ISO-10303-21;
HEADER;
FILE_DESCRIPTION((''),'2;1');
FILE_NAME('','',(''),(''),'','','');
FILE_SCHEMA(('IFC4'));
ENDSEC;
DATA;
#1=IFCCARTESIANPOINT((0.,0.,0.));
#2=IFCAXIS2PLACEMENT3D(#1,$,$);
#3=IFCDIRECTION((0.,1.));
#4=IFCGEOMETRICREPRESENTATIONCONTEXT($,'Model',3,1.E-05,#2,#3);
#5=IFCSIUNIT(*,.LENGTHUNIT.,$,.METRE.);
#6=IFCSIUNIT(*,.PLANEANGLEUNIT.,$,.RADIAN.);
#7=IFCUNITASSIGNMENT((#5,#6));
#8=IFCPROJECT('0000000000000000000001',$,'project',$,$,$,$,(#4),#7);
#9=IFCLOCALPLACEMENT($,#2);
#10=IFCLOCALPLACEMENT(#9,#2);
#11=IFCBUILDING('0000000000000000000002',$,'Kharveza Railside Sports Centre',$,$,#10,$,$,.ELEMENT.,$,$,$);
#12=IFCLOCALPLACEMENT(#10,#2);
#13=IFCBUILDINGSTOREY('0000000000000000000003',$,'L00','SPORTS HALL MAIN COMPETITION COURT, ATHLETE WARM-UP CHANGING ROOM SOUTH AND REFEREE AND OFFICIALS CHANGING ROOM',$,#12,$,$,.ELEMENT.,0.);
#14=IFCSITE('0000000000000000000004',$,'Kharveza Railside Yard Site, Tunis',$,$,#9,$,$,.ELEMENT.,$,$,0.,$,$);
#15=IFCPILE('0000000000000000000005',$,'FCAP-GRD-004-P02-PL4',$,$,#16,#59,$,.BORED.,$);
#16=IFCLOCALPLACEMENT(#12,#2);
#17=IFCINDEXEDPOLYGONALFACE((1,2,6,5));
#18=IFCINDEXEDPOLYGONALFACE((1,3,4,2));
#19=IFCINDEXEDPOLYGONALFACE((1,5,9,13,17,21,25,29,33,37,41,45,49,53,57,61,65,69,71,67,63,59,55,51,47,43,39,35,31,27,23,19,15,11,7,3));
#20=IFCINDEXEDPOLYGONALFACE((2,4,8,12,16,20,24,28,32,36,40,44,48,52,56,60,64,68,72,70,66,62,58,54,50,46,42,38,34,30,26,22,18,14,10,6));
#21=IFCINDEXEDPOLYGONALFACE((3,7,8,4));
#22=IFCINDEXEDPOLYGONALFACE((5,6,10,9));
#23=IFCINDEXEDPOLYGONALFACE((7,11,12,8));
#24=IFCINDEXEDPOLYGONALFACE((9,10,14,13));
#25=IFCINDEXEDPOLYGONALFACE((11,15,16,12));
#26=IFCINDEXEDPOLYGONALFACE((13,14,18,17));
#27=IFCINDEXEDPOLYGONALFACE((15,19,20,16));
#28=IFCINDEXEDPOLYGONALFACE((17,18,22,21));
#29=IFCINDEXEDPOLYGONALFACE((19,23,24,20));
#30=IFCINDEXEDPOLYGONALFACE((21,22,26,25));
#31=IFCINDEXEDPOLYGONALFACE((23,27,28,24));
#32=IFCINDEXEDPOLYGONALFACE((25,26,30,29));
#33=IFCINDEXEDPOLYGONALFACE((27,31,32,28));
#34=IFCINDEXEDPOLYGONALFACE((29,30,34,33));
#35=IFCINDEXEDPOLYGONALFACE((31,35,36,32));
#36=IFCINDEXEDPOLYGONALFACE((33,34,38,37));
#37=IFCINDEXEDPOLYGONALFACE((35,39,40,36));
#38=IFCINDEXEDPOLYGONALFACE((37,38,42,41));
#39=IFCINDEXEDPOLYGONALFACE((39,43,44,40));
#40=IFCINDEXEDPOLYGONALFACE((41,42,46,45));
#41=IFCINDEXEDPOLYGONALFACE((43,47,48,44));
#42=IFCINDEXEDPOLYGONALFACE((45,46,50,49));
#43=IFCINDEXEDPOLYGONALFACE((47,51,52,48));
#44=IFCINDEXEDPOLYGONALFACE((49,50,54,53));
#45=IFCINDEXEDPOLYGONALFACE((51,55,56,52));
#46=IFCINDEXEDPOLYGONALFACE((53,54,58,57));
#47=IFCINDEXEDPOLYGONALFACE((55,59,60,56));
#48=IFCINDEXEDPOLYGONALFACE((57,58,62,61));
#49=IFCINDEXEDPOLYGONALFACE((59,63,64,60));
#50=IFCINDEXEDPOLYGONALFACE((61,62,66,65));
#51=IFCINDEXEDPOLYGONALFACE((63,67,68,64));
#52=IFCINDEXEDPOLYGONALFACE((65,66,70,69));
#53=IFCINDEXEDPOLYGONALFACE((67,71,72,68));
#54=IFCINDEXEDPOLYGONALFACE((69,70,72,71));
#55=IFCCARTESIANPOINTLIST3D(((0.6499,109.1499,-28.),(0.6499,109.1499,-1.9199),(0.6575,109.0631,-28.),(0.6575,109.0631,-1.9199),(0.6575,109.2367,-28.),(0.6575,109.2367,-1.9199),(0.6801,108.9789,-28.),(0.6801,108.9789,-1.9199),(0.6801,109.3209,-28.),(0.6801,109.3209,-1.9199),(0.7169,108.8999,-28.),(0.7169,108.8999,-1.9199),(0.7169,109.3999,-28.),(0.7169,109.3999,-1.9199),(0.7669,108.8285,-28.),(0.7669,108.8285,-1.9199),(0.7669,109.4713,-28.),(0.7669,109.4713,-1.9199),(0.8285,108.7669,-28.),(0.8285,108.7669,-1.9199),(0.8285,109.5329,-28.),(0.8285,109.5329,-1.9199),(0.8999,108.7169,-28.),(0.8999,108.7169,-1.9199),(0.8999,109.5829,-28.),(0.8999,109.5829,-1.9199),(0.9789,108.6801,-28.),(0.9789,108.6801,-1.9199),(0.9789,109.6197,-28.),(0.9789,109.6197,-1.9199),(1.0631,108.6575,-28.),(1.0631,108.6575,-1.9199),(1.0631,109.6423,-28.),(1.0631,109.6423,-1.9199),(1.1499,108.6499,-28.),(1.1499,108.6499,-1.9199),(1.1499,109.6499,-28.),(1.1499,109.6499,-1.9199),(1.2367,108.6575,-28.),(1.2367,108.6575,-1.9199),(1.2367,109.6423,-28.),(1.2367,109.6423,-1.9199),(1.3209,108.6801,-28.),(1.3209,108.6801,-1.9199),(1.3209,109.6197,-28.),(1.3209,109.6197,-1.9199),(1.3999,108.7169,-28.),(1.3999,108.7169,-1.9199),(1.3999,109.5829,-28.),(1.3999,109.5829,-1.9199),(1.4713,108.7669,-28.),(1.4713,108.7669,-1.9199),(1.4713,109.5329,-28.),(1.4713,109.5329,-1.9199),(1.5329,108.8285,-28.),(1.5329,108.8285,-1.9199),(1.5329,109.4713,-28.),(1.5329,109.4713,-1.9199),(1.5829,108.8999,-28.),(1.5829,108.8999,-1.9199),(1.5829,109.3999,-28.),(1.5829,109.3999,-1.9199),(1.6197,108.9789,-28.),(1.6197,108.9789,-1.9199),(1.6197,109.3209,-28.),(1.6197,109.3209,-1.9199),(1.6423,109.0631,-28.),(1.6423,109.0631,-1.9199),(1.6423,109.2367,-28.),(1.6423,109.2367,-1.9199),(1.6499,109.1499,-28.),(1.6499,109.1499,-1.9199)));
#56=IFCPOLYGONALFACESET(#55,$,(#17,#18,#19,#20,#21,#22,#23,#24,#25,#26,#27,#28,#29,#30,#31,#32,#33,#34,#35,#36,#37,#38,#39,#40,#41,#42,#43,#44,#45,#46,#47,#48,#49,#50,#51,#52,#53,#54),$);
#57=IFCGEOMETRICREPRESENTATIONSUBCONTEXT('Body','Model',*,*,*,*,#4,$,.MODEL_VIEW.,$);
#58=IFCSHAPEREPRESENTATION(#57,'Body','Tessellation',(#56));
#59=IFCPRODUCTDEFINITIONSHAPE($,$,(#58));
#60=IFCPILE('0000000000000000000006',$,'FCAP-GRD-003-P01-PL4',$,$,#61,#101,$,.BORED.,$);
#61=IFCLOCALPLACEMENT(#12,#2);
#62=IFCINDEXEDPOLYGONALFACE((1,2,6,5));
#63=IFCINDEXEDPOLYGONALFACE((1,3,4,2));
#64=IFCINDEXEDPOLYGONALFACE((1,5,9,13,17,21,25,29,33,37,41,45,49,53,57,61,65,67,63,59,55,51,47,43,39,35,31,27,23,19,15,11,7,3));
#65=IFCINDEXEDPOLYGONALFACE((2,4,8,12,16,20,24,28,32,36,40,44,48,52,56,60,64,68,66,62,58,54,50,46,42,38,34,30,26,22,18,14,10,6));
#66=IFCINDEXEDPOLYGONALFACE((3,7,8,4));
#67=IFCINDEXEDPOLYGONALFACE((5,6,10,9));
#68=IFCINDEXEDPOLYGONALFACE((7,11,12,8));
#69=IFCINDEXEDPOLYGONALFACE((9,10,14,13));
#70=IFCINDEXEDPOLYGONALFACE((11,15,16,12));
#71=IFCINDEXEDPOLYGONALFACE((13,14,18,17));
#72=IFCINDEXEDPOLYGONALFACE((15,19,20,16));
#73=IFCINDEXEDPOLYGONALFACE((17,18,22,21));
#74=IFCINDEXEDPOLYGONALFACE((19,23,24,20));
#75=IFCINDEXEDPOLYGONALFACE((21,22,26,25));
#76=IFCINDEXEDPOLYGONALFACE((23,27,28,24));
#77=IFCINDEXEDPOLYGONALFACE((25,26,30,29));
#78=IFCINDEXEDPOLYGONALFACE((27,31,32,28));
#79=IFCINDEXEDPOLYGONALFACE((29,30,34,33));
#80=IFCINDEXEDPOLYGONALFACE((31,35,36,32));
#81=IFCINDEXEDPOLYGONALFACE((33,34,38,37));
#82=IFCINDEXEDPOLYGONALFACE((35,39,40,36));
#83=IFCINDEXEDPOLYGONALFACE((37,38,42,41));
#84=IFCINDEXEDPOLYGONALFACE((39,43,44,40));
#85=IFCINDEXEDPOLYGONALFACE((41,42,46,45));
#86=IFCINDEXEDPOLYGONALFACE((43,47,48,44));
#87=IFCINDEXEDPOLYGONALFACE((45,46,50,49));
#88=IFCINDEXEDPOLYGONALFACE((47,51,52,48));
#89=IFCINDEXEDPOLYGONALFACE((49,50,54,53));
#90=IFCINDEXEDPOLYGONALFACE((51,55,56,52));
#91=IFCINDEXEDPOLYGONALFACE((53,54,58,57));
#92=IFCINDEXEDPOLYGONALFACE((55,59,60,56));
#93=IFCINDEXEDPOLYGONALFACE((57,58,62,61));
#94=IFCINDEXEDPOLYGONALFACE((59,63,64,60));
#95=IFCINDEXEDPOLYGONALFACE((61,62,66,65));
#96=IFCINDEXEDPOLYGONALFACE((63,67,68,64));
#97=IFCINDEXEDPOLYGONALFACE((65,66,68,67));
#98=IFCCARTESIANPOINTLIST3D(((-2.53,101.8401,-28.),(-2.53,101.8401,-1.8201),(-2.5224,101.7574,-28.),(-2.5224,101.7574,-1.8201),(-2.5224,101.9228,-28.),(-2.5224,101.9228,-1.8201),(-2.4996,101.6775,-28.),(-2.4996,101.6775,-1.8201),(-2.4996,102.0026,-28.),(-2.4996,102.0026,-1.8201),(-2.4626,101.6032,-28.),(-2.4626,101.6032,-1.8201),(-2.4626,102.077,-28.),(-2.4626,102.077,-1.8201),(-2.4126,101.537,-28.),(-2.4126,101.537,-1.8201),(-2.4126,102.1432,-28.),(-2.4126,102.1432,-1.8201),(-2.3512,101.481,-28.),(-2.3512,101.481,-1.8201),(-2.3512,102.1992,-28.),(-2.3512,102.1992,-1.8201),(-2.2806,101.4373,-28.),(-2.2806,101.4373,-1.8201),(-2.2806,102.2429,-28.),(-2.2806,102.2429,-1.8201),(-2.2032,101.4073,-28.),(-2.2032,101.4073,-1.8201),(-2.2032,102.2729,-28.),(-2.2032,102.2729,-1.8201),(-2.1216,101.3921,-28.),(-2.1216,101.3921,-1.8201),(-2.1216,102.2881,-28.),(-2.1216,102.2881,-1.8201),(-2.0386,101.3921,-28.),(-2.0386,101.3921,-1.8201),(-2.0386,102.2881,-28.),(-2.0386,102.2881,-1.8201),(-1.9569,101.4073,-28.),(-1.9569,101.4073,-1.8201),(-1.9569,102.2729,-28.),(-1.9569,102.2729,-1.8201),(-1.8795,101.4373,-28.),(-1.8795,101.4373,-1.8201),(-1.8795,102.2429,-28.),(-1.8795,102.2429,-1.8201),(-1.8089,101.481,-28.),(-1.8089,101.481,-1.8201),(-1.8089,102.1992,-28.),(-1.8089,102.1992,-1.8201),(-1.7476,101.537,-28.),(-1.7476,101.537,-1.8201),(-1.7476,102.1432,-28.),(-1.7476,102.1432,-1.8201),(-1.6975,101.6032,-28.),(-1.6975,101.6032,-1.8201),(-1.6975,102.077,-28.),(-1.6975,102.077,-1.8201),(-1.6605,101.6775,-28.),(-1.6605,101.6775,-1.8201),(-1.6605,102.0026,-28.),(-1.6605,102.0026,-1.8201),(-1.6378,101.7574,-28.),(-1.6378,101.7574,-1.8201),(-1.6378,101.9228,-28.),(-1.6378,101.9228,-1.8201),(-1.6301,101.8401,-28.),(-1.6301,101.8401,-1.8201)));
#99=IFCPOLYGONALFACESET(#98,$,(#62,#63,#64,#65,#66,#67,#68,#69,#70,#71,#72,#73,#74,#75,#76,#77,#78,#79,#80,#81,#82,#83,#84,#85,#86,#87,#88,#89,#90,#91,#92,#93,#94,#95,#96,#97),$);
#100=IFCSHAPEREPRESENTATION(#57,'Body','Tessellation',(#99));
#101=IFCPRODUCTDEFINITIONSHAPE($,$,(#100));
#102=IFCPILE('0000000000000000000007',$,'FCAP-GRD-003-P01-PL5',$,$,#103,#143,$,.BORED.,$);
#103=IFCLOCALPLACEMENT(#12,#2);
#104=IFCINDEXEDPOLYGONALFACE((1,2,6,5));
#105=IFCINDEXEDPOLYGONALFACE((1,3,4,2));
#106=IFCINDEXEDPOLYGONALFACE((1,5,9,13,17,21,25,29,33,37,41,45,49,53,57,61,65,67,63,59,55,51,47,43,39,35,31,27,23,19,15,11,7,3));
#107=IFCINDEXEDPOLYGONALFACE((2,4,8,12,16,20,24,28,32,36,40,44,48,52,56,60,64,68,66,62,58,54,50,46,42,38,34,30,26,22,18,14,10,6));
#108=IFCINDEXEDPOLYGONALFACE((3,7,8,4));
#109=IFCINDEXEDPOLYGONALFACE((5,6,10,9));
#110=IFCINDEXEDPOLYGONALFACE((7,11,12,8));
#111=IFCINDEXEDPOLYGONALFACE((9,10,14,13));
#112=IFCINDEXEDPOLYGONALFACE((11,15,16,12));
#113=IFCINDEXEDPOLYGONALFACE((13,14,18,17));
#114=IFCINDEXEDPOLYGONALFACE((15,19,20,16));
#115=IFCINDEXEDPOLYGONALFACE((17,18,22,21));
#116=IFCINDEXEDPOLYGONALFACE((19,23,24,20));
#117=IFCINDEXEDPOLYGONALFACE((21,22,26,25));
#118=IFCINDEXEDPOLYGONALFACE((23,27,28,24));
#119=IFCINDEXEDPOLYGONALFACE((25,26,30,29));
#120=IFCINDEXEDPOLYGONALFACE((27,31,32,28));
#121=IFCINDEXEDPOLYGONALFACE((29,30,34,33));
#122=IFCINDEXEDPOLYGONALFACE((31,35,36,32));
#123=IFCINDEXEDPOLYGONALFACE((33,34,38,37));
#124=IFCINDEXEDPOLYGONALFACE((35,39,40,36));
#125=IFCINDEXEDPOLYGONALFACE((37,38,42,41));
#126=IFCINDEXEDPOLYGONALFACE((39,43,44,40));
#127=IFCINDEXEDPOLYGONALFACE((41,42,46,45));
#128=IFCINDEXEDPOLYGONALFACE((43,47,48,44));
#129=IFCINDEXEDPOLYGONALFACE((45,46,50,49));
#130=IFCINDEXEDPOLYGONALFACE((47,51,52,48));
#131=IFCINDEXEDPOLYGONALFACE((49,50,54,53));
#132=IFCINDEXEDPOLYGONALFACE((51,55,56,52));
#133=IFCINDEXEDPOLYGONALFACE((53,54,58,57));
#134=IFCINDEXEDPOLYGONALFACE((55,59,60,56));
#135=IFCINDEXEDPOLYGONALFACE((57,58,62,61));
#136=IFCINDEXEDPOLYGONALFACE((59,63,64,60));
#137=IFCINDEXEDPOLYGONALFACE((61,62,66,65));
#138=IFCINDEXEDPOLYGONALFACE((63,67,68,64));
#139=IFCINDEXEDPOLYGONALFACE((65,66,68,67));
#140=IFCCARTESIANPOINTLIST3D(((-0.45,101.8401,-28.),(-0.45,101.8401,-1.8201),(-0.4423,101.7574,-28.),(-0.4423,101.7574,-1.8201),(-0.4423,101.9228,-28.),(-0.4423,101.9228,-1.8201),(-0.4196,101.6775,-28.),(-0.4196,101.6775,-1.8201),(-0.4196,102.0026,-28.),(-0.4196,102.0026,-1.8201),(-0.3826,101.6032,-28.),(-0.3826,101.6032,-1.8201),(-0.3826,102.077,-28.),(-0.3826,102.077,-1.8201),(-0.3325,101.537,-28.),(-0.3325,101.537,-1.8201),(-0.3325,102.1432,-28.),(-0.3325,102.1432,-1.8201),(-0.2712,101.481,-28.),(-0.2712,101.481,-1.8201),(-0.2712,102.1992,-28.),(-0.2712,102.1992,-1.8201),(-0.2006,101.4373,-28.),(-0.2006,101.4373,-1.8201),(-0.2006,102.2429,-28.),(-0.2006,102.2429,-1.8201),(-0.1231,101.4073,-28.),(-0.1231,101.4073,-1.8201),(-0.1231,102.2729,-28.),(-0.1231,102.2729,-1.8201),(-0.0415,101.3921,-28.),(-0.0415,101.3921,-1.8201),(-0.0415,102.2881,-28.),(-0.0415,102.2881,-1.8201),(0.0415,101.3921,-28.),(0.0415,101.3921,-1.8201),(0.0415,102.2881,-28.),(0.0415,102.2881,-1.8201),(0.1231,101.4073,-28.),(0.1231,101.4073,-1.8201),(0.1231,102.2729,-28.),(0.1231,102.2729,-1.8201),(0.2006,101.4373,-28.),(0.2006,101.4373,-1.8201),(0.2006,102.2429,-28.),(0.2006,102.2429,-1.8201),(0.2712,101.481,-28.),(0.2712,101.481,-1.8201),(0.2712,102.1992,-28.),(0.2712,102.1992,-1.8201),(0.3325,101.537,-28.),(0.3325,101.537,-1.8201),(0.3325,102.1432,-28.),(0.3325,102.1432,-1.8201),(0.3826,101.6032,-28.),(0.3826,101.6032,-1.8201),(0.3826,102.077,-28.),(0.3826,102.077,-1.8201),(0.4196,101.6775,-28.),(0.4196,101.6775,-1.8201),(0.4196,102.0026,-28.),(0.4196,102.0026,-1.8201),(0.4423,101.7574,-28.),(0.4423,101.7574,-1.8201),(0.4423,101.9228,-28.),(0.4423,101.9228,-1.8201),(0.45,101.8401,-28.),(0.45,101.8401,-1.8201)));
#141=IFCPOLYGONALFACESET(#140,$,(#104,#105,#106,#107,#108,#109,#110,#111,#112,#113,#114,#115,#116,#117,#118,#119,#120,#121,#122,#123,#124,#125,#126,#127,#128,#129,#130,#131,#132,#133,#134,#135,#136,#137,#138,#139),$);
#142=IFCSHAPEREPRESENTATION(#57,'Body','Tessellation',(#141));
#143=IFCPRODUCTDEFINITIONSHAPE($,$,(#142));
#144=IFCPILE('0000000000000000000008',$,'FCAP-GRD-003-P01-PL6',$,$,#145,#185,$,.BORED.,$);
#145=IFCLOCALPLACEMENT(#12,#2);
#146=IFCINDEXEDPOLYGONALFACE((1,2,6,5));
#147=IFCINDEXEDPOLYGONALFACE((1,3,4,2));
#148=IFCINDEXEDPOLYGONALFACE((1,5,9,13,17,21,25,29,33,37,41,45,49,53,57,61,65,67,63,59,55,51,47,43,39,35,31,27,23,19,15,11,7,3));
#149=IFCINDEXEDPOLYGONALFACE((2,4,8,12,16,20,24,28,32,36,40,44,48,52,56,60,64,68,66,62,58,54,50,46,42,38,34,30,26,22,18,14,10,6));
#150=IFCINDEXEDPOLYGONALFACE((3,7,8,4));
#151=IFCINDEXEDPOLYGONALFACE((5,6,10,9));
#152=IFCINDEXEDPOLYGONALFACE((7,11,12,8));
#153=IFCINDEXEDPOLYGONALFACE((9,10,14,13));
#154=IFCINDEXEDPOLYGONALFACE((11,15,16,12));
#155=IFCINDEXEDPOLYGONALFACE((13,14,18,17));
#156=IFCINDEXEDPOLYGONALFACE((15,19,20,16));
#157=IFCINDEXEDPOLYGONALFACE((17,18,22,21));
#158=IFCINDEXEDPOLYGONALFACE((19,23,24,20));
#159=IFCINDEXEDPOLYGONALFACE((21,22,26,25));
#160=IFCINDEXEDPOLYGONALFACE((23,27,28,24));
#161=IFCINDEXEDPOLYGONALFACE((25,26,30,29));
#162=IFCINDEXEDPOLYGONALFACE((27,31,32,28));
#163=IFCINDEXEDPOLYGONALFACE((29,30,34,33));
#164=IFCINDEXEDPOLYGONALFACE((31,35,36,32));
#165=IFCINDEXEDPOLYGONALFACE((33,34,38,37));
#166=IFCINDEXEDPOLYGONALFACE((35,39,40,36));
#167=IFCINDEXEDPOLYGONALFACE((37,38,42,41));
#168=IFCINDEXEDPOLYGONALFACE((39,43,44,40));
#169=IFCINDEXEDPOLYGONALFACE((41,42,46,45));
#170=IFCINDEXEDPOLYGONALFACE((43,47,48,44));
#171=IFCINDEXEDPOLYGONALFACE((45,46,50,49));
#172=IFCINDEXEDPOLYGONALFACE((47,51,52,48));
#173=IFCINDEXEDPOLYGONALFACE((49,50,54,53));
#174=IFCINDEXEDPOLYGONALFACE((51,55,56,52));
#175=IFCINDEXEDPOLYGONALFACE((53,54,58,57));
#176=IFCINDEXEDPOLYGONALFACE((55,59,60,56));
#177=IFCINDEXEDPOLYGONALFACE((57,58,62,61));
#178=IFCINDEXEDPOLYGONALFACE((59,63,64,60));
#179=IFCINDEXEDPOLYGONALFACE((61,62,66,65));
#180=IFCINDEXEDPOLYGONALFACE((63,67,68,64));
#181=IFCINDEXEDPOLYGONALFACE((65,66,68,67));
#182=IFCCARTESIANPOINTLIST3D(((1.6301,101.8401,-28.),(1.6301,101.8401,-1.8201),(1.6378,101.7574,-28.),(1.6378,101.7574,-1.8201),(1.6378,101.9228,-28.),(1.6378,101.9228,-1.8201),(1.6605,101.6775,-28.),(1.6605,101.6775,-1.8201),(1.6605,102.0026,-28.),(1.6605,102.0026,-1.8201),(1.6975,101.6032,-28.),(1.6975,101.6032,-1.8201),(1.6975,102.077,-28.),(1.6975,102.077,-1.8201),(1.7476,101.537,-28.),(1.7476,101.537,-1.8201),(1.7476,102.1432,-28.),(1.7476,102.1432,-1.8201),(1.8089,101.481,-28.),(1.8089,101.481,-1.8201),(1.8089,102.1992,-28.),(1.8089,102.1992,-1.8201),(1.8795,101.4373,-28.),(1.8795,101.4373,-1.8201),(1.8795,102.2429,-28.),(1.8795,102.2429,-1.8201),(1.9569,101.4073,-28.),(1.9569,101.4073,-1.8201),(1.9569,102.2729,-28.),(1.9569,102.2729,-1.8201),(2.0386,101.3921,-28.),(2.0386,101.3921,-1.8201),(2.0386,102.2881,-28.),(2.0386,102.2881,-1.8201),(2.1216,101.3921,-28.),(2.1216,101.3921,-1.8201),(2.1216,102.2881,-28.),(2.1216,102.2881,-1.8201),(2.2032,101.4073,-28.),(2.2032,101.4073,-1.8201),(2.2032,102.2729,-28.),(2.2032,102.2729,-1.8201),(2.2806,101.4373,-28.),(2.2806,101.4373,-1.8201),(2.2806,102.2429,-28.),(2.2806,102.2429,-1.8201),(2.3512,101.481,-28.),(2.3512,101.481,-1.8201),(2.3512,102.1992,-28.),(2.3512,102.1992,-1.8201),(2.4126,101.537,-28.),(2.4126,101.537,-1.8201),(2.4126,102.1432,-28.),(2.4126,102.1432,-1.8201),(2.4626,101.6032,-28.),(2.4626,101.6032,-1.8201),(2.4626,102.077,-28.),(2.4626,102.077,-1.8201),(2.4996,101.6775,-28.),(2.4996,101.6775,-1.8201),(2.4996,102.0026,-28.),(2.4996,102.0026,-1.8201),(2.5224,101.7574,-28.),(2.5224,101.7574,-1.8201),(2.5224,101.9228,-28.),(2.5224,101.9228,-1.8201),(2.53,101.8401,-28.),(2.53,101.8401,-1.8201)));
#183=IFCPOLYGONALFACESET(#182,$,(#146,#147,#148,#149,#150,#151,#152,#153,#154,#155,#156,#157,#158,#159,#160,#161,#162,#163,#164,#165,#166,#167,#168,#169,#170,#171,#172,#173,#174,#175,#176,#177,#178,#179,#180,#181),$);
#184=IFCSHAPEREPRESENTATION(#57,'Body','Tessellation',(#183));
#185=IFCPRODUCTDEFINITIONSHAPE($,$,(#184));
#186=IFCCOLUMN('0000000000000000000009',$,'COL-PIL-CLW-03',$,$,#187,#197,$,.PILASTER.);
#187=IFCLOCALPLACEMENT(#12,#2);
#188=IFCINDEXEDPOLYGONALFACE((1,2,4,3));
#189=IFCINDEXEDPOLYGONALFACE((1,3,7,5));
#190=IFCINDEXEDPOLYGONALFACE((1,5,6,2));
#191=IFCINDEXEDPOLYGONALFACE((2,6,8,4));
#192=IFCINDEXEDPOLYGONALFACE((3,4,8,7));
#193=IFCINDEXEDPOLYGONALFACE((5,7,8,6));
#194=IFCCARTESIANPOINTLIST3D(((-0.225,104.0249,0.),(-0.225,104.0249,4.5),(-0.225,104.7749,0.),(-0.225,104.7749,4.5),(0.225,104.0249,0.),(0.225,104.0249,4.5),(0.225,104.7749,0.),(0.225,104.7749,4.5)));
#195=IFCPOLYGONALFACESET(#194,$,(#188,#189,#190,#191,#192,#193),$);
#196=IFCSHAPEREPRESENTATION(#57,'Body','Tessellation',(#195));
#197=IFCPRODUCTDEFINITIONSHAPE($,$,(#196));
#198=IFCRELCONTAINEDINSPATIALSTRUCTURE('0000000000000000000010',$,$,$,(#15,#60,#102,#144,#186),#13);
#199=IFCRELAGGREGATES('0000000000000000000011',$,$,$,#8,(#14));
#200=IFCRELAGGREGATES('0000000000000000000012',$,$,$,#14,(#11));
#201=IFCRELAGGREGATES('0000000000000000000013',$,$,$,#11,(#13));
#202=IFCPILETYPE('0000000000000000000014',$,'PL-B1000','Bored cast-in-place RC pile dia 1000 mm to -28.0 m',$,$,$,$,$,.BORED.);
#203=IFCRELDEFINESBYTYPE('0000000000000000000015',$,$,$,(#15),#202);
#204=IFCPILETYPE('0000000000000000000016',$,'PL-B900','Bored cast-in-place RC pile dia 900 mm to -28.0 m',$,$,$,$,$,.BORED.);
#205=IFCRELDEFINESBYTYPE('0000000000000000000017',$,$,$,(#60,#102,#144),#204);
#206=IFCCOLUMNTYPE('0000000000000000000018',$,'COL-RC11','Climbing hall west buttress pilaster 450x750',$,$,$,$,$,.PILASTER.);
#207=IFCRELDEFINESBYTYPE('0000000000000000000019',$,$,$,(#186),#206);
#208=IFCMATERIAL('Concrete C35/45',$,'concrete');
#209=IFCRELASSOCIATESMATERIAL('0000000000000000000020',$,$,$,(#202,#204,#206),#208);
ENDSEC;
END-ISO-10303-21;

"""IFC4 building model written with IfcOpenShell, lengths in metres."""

from ifc_helpers import new_model, si_unit, direction, frame, origin, origin_2d, place, context, subcontext, project, spatial, rectangle, circle, extrude, material, material_profile, profile_set, type_object, element, save


model = new_model("IFC4")

# Units and contexts
model_context = context("Model", 3, precision=1e-05, world=origin(), true_north=direction((0.0, 1.0)))
body_context = subcontext(model_context, "Body", "Model", "MODEL_VIEW")
ifc_project = project(units=[si_unit("LENGTHUNIT", "METRE"), si_unit("PLANEANGLEUNIT", "RADIAN")], contexts=[model_context])

# Site, building, storey
site_placement = place(None, origin())
site = spatial("IfcSite", under=ifc_project, at=site_placement, Name="Kharveza Railside Yard Site, Tunis", CompositionType="ELEMENT", RefElevation=0.0)
building_placement = place(site_placement, origin())
building = spatial("IfcBuilding", under=site, at=building_placement, Name="Kharveza Railside Sports Centre", CompositionType="ELEMENT")
storey_placement = place(building_placement, origin())
storey = spatial("IfcBuildingStorey", under=building, at=storey_placement, Name="L00", Description="SPORTS HALL MAIN COMPETITION COURT, ATHLETE WARM-UP CHANGING ROOM SOUTH AND REFEREE AND OFFICIALS CHANGING ROOM", CompositionType="ELEMENT", Elevation=0.0)

# Shared definitions
ifc_material_1 = material(Name="Concrete C35/45", Category="concrete")

# Piles
ifc_material_profile_1 = material_profile(ifc_material_1, circle(Radius=0.5, at=origin_2d()), Name="PILE D1000")
ifc_profile_set_1 = profile_set([ifc_material_profile_1], Name="Concrete C35/45")
pile_type_1 = type_object("IfcPileType", Name="PL-B1000", Description="Bored cast-in-place RC pile dia 1000 mm to -28.0 m", PredefinedType="BORED", material=ifc_profile_set_1)
for number, where, z_axis, x_axis, name in (
    (1, (1.1499, 109.1499, -1.9199), (0.0, 0.0, -1.0), (1.0, 0.0, 0.0), "FCAP-GRD-004-P02-PL4"),
):
    element("IfcPile", number, at=place(storey_placement, frame(where, z_axis=z_axis, x_axis=x_axis)), inside=storey, type_object=pile_type_1, Name=name, PredefinedType="BORED", context=body_context, shape_type="SweptSolid", body=[
        extrude(circle(Radius=0.5, at=origin_2d()), origin(), (0.0, 0.0, 1.0), 26.0801),
    ])
ifc_material_profile_2 = material_profile(ifc_material_1, circle(Radius=0.45, at=origin_2d()), Name="PILE D900")
ifc_profile_set_2 = profile_set([ifc_material_profile_2], Name="Concrete C35/45")
pile_type_2 = type_object("IfcPileType", Name="PL-B900", Description="Bored cast-in-place RC pile dia 900 mm to -28.0 m", PredefinedType="BORED", material=ifc_profile_set_2)
for number, where, z_axis, x_axis, name in (
    (2, (-2.0801, 101.8401, -1.8201), (0.0, 0.0, -1.0), (1.0, 0.0, 0.0), "FCAP-GRD-003-P01-PL4"),
    (3, (0.0, 101.8401, -1.8201), (0.0, 0.0, -1.0), (1.0, 0.0, 0.0), "FCAP-GRD-003-P01-PL5"),
    (4, (2.0801, 101.8401, -1.8201), (0.0, 0.0, -1.0), (1.0, 0.0, 0.0), "FCAP-GRD-003-P01-PL6"),
):
    element("IfcPile", number, at=place(storey_placement, frame(where, z_axis=z_axis, x_axis=x_axis)), inside=storey, type_object=pile_type_2, Name=name, PredefinedType="BORED", context=body_context, shape_type="SweptSolid", body=[
        extrude(circle(Radius=0.45, at=origin_2d()), origin(), (0.0, 0.0, 1.0), 26.1799),
    ])

# Column
ifc_material_profile_3 = material_profile(ifc_material_1, rectangle(XDim=0.45, YDim=0.75, at=origin_2d()), Name="RC 450x750")
ifc_profile_set_3 = profile_set([ifc_material_profile_3], Name="Concrete C35/45")
column_type_1 = type_object("IfcColumnType", Name="COL-RC11", Description="Climbing hall west buttress pilaster 450x750", PredefinedType="PILASTER", material=ifc_profile_set_3)
column_1_placement = place(storey_placement, frame((0.0, 104.3999, 0.0), z_axis=(0.0, 0.0, 1.0), x_axis=(1.0, 0.0, 0.0)))
element("IfcColumn", 5, at=column_1_placement, inside=storey, type_object=column_type_1, Name="COL-PIL-CLW-03", PredefinedType="PILASTER", context=body_context, shape_type="SweptSolid", body=[
    extrude(rectangle(XDim=0.45, YDim=0.75, at=origin_2d()), origin(), (0.0, 0.0, 1.0), 4.5),
])

save(model, "model.ifc")
